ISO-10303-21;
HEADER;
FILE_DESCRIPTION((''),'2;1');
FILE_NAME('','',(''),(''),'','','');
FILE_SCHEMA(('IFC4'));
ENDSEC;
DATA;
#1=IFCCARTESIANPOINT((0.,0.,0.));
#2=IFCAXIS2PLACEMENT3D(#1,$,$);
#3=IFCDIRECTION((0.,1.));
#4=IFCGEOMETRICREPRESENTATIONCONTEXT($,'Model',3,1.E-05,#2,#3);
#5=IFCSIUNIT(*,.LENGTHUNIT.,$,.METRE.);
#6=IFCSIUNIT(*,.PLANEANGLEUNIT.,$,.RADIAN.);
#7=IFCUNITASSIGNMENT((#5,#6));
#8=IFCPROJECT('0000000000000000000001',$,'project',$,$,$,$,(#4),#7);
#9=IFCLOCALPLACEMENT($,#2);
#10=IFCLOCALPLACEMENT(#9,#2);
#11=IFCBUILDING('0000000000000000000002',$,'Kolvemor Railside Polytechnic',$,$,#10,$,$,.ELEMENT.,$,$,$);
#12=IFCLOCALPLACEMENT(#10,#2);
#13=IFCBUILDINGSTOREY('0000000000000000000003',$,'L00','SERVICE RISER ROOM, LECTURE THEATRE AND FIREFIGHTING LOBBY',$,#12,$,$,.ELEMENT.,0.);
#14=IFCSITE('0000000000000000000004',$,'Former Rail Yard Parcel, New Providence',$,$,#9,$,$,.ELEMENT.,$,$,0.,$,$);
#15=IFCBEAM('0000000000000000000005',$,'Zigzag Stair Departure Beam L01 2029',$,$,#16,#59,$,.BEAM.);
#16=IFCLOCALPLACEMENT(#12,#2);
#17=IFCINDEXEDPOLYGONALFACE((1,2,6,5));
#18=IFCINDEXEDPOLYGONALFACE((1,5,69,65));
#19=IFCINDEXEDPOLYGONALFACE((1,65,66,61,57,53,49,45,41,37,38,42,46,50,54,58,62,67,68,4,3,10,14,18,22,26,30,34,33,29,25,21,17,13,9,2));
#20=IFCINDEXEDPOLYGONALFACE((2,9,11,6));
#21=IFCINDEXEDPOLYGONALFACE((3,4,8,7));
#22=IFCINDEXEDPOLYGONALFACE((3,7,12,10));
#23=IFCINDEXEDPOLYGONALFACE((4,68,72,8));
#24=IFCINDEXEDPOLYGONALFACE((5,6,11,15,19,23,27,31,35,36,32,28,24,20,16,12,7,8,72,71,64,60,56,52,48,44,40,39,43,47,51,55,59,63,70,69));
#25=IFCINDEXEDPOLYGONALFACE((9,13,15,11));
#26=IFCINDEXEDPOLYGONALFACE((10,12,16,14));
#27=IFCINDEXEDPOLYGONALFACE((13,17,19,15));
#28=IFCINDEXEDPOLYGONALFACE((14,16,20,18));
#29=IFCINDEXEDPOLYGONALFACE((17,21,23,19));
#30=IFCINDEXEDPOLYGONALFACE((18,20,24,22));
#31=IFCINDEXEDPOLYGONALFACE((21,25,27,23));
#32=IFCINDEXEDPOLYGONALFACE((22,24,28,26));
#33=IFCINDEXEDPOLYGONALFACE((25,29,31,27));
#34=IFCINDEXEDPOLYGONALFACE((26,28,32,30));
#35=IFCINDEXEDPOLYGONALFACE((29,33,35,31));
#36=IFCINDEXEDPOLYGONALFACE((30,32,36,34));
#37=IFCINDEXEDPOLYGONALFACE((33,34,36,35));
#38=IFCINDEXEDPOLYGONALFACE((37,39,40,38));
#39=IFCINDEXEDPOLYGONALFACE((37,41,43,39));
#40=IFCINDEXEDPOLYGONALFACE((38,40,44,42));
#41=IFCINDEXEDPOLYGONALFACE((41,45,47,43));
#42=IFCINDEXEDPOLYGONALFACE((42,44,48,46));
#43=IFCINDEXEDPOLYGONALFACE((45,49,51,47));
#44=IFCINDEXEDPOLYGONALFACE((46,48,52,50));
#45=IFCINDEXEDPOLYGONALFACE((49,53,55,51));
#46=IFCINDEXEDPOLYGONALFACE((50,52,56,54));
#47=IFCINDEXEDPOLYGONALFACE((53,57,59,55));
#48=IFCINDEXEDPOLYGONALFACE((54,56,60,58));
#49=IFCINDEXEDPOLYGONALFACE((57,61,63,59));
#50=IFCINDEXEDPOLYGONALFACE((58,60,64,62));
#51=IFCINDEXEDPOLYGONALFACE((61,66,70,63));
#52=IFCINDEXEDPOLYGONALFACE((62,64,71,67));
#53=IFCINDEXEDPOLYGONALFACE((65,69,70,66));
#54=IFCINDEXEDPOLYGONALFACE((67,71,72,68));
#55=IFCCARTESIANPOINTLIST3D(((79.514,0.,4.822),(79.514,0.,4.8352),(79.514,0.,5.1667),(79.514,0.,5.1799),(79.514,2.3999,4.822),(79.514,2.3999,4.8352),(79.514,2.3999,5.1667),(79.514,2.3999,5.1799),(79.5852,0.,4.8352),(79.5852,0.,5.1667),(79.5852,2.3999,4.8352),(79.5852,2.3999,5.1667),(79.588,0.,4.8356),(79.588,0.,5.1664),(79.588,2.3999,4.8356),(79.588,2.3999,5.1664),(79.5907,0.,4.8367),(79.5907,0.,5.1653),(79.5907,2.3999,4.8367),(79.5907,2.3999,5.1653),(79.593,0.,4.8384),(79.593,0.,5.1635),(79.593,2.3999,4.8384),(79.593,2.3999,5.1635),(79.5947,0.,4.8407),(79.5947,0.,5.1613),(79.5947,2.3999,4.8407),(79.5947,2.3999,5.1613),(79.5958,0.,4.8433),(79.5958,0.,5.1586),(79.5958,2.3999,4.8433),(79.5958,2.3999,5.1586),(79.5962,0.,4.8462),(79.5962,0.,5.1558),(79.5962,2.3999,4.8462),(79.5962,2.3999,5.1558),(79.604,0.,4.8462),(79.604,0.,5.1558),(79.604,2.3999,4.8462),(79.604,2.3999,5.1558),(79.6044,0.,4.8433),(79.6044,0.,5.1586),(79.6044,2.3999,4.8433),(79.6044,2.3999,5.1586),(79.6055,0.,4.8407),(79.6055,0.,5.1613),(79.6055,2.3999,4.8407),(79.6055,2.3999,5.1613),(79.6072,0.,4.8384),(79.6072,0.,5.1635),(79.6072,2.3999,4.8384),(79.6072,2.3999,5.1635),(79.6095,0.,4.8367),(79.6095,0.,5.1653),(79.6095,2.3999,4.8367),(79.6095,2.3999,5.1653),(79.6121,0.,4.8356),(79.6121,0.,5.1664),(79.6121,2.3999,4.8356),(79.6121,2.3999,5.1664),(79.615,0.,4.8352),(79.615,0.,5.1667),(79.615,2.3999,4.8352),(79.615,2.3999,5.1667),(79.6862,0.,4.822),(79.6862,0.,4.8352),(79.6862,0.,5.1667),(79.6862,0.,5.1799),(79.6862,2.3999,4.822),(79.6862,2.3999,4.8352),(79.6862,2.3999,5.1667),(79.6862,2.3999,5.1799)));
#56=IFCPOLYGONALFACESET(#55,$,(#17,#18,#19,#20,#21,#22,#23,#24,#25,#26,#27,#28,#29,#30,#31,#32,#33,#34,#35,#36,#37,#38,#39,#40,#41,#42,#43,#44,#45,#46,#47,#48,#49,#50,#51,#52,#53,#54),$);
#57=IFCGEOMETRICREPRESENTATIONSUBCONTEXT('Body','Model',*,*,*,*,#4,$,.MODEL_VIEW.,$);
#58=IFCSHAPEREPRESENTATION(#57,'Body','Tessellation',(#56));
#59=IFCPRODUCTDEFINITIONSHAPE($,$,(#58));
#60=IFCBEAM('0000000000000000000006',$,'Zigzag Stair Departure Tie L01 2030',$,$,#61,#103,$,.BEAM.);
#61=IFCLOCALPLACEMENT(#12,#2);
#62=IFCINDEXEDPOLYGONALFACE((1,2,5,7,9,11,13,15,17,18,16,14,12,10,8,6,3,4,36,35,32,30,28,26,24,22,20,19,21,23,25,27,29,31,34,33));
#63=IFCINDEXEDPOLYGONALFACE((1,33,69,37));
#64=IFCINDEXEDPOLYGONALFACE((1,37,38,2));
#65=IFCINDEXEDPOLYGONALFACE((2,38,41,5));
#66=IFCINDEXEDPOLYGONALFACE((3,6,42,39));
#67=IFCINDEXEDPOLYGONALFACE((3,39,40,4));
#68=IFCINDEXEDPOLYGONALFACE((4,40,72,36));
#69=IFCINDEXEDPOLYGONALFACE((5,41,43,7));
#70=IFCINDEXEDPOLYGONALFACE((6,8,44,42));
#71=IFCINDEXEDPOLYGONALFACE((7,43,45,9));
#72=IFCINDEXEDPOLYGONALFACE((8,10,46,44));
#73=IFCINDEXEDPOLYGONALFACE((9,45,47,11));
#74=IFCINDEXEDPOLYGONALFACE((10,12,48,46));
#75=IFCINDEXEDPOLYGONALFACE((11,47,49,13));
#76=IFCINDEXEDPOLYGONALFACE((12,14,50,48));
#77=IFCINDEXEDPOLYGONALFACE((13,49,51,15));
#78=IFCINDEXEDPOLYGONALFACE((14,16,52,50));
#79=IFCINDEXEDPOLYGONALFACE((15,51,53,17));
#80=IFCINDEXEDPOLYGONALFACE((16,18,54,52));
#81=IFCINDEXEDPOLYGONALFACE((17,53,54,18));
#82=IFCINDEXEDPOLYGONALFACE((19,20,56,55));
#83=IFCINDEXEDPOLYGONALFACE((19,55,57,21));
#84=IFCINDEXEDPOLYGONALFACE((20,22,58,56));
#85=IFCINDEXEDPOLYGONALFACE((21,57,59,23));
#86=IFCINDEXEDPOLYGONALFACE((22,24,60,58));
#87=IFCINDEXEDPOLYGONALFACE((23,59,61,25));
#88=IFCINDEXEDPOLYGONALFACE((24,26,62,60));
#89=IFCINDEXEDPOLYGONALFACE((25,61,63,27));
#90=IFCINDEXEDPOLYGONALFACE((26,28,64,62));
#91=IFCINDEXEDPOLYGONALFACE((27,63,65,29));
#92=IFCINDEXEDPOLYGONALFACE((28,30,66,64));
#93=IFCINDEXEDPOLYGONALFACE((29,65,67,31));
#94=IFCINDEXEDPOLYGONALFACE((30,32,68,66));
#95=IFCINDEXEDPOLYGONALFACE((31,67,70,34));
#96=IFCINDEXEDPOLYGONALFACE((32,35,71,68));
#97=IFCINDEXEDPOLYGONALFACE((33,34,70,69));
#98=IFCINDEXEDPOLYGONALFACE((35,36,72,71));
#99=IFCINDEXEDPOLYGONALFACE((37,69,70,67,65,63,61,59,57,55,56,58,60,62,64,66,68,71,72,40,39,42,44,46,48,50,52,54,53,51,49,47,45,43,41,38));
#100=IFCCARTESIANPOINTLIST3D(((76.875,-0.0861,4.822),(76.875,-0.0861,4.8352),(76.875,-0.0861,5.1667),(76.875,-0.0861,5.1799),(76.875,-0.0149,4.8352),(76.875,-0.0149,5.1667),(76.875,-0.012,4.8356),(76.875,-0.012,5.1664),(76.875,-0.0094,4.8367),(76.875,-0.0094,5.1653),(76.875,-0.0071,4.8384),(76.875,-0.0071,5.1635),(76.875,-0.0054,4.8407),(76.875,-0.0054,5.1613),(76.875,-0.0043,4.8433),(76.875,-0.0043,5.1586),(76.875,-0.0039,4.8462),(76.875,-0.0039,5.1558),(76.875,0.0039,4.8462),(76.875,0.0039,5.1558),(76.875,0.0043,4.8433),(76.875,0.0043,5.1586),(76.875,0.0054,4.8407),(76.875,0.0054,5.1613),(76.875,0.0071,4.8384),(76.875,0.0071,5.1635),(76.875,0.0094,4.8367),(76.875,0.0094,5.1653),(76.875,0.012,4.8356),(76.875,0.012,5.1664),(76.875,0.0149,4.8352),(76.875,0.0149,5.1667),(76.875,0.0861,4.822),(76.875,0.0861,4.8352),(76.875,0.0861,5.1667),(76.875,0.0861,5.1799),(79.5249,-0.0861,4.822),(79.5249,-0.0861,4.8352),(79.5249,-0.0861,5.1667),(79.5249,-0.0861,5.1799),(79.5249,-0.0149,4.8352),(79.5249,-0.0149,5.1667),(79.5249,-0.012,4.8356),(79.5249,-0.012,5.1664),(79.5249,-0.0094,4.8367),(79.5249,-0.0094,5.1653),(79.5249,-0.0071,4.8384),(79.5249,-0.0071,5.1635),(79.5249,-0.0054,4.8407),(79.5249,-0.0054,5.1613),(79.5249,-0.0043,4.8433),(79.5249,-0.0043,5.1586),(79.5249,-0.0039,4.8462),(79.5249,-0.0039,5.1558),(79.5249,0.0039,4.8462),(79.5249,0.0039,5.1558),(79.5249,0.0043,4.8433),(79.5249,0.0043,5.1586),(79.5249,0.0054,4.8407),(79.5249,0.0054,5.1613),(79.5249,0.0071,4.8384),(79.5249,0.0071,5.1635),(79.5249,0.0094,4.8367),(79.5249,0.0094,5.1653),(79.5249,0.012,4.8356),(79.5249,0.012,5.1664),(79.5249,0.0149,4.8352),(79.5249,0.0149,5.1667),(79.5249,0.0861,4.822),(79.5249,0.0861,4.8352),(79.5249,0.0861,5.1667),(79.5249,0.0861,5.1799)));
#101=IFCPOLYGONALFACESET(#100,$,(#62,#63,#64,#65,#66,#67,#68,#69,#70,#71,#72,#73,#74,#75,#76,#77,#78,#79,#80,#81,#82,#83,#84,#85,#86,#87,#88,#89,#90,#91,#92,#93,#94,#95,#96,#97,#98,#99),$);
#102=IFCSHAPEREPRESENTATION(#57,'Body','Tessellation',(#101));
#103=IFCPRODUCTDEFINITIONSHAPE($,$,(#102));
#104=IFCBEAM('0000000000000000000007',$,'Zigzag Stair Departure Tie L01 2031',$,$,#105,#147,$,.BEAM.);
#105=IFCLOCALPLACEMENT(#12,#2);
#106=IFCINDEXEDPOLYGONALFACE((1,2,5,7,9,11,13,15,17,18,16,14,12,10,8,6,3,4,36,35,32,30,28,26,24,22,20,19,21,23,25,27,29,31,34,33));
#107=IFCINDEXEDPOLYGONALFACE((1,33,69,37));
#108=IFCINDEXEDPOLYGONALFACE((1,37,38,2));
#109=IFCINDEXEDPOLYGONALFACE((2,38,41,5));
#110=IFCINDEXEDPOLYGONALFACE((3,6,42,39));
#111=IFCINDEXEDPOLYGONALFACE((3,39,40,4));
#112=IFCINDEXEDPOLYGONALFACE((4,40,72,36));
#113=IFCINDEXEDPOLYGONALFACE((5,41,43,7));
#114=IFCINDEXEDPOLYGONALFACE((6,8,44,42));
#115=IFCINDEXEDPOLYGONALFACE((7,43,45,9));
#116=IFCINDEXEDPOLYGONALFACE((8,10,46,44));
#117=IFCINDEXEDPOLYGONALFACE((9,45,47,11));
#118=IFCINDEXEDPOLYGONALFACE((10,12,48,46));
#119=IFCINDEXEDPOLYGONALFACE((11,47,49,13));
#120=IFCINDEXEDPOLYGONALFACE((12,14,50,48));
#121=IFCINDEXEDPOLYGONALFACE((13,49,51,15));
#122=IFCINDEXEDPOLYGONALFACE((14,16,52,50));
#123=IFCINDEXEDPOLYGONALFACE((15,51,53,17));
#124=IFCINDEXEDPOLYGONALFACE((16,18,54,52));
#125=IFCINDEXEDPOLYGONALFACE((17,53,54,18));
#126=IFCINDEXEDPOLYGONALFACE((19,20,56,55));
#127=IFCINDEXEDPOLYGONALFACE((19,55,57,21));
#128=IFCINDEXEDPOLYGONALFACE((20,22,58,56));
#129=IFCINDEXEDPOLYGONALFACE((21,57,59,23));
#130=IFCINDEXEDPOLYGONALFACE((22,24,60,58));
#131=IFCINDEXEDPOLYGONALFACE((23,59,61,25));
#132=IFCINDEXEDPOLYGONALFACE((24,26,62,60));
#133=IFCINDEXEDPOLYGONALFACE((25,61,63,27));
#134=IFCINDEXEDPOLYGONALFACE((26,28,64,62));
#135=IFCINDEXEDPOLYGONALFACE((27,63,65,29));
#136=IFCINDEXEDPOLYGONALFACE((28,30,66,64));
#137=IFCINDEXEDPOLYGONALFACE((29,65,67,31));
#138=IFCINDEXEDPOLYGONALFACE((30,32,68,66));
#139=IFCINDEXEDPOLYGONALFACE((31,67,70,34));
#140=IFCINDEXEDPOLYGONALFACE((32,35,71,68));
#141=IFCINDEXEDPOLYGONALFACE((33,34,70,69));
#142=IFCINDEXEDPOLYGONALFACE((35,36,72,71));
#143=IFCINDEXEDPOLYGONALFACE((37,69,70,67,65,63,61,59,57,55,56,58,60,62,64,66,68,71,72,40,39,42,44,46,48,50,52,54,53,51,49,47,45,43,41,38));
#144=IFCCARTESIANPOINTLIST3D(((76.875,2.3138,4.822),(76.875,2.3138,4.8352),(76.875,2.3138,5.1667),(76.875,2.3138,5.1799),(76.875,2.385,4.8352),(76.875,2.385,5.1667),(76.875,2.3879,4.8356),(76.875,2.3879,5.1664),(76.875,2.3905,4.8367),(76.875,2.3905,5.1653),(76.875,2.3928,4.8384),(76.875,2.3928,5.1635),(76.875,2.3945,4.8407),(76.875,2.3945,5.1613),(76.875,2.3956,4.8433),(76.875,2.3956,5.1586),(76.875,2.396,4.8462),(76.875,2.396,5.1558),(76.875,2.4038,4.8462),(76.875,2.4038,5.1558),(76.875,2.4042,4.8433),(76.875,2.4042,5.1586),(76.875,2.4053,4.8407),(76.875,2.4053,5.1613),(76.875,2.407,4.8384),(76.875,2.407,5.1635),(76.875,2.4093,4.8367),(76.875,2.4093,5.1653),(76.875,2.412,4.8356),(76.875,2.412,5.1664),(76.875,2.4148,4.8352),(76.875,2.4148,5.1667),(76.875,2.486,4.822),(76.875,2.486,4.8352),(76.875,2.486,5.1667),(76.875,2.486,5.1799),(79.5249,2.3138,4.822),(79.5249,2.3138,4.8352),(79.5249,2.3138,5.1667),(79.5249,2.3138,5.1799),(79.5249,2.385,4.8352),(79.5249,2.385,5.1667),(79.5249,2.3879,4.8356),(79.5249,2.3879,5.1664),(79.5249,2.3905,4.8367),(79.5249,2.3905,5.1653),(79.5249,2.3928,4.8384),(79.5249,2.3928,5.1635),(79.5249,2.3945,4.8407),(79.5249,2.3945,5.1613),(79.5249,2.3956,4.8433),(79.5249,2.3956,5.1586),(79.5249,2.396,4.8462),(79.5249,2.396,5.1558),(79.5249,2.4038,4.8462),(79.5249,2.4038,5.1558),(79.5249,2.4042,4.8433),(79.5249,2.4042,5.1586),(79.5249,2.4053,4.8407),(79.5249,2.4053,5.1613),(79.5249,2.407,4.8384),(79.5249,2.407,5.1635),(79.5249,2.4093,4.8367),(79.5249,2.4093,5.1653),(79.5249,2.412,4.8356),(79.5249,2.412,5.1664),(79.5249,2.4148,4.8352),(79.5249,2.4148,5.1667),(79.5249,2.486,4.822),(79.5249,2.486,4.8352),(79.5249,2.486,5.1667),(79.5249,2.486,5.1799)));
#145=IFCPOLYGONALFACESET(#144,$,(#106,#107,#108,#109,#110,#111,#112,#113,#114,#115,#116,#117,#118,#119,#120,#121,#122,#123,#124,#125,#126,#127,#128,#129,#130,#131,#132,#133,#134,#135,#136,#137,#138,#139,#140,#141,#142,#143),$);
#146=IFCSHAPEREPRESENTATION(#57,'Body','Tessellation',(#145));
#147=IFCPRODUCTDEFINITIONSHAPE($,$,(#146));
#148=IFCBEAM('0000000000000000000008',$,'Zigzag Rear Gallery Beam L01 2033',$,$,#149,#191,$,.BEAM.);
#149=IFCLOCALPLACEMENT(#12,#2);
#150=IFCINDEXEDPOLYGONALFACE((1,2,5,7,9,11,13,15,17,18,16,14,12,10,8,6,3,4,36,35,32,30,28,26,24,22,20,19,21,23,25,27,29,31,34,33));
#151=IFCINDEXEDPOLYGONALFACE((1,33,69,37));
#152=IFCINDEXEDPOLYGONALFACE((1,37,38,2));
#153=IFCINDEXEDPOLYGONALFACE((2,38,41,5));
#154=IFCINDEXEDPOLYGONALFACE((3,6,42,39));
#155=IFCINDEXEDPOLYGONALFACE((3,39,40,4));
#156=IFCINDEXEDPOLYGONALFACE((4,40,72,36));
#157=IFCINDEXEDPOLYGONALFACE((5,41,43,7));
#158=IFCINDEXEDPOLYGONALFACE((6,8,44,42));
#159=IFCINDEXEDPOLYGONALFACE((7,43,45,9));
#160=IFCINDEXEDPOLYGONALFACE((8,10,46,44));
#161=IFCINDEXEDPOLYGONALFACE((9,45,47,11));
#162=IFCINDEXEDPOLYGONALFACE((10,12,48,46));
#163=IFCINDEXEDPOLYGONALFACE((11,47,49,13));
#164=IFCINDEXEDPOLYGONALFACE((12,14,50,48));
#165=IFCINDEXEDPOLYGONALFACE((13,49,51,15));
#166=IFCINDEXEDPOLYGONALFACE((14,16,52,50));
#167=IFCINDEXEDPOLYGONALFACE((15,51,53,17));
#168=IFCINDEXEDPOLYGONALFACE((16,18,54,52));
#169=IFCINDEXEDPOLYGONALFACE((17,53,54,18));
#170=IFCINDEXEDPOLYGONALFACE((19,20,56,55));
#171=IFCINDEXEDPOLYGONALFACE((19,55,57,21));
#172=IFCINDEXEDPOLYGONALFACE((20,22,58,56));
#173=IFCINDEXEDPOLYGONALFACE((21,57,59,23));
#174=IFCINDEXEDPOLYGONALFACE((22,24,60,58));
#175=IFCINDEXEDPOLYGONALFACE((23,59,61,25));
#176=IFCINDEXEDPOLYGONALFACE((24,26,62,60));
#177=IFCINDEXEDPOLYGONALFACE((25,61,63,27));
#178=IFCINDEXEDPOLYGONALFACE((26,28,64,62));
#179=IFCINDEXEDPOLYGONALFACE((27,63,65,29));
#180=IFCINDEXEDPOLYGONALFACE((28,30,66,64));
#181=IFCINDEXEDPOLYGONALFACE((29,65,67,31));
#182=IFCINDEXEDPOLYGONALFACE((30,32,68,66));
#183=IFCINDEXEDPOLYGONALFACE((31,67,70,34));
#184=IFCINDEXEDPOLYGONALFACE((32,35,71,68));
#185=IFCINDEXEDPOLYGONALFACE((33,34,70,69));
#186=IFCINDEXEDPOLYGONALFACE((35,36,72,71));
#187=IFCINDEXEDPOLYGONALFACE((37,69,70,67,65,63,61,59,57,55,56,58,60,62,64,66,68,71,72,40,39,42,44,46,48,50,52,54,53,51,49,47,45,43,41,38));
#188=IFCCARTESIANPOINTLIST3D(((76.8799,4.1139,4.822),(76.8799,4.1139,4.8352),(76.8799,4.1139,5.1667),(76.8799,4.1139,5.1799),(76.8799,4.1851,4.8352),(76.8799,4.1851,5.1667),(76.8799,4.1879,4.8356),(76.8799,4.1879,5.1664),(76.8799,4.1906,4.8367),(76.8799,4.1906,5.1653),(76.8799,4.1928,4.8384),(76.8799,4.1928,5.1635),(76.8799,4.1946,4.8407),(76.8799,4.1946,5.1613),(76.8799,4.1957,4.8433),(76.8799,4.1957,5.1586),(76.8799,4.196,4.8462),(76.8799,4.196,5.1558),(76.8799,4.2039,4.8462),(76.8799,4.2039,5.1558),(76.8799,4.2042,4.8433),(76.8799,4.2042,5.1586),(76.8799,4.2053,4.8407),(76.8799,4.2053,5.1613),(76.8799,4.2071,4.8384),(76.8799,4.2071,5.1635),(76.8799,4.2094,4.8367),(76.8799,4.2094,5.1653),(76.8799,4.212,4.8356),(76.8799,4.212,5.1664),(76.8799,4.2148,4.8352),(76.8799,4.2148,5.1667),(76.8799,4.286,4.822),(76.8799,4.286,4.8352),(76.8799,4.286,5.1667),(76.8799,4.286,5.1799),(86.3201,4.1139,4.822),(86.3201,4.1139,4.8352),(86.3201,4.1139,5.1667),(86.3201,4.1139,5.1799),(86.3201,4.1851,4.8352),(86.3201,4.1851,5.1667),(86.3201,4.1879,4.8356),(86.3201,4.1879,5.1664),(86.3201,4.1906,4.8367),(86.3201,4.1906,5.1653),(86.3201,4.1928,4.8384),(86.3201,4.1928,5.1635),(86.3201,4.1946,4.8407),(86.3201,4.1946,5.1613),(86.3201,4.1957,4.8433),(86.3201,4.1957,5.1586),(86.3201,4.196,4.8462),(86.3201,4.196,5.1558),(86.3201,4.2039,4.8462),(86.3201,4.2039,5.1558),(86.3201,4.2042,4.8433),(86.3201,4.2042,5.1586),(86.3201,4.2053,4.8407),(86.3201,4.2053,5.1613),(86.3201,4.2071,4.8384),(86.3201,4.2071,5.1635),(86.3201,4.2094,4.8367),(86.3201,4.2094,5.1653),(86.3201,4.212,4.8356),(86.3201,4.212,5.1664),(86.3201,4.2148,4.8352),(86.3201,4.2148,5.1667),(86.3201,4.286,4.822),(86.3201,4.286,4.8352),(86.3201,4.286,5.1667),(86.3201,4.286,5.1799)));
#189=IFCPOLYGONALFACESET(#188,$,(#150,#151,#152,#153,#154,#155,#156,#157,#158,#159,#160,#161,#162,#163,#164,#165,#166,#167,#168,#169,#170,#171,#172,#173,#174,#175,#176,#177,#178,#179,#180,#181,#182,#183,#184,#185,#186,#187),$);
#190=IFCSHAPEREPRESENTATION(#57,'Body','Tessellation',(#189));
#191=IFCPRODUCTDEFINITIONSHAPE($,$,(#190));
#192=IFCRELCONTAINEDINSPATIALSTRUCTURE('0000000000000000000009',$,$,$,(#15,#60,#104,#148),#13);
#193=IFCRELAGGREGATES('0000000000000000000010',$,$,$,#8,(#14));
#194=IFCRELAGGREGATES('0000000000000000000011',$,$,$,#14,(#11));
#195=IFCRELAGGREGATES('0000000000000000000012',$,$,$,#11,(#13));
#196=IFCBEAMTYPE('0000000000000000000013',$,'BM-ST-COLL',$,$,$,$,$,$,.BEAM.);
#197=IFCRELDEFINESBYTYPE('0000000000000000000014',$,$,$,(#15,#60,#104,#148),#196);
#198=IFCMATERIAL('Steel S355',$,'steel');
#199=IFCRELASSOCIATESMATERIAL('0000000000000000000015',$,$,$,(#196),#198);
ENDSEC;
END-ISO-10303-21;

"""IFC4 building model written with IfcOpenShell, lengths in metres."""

from ifc_helpers import new_model, si_unit, direction, frame, origin, origin_2d, place, context, subcontext, project, spatial, i_section, extrude, material, material_profile, profile_set, type_object, element, save


model = new_model("IFC4")

# Units and contexts
model_context = context("Model", 3, precision=1e-05, world=origin(), true_north=direction((0.0, 1.0)))
body_context = subcontext(model_context, "Body", "Model", "MODEL_VIEW")
ifc_project = project(units=[si_unit("LENGTHUNIT", "METRE"), si_unit("PLANEANGLEUNIT", "RADIAN")], contexts=[model_context])

# Site, building, storey
site_placement = place(None, origin())
site = spatial("IfcSite", under=ifc_project, at=site_placement, Name="Former Rail Yard Parcel, New Providence", CompositionType="ELEMENT", RefElevation=0.0)
building_placement = place(site_placement, origin())
building = spatial("IfcBuilding", under=site, at=building_placement, Name="Kolvemor Railside Polytechnic", CompositionType="ELEMENT")
storey_placement = place(building_placement, origin())
storey = spatial("IfcBuildingStorey", under=building, at=storey_placement, Name="L00", Description="SERVICE RISER ROOM, LECTURE THEATRE AND FIREFIGHTING LOBBY", CompositionType="ELEMENT", Elevation=0.0)

# Beams
ifc_material_1 = material(Name="Steel S355", Category="steel")
ifc_material_profile_1 = material_profile(ifc_material_1, i_section(OverallWidth=0.1721, OverallDepth=0.3579, WebThickness=0.0078, FlangeThickness=0.0132, FilletRadius=0.011, at=origin_2d()), Name="W360x57")
ifc_profile_set_1 = profile_set([ifc_material_profile_1], Name="Steel S355")
beam_type_1 = type_object("IfcBeamType", Name="BM-ST-COLL", PredefinedType="BEAM", material=ifc_profile_set_1)
beam_1_placement = place(storey_placement, frame((79.6001, 0.0, 5.001), z_axis=(0.0, 1.0, 0.0), x_axis=(-1.0, 0.0, 0.0)))
element("IfcBeam", 1, at=beam_1_placement, inside=storey, type_object=beam_type_1, Name="Zigzag Stair Departure Beam L01 2029", PredefinedType="BEAM", context=body_context, shape_type="SweptSolid", body=[
    extrude(i_section(OverallWidth=0.1721, OverallDepth=0.3579, WebThickness=0.0078, FlangeThickness=0.0132, FilletRadius=0.011, at=origin_2d()), origin(), (0.0, 0.0, 1.0), 2.3999),
])
for number, where, z_axis, x_axis, name in (
    (2, (76.875, 0.0, 5.001), (1.0, 0.0, 0.0), (0.0, 1.0, 0.0), "Zigzag Stair Departure Tie L01 2030"),
    (3, (76.875, 2.3999, 5.001), (1.0, 0.0, 0.0), (0.0, 1.0, 0.0), "Zigzag Stair Departure Tie L01 2031"),
):
    element("IfcBeam", number, at=place(storey_placement, frame(where, z_axis=z_axis, x_axis=x_axis)), inside=storey, type_object=beam_type_1, Name=name, PredefinedType="BEAM", context=body_context, shape_type="SweptSolid", body=[
        extrude(i_section(OverallWidth=0.1721, OverallDepth=0.3579, WebThickness=0.0078, FlangeThickness=0.0132, FilletRadius=0.011, at=origin_2d()), origin(), (0.0, 0.0, 1.0), 2.6499),
    ])
beam_2_placement = place(storey_placement, frame((76.8799, 4.2, 5.001), z_axis=(1.0, 0.0, 0.0), x_axis=(0.0, 1.0, 0.0)))
element("IfcBeam", 4, at=beam_2_placement, inside=storey, type_object=beam_type_1, Name="Zigzag Rear Gallery Beam L01 2033", PredefinedType="BEAM", context=body_context, shape_type="SweptSolid", body=[
    extrude(i_section(OverallWidth=0.1721, OverallDepth=0.3579, WebThickness=0.0078, FlangeThickness=0.0132, FilletRadius=0.011, at=origin_2d()), origin(), (0.0, 0.0, 1.0), 9.4402),
])

save(model, "model.ifc")
